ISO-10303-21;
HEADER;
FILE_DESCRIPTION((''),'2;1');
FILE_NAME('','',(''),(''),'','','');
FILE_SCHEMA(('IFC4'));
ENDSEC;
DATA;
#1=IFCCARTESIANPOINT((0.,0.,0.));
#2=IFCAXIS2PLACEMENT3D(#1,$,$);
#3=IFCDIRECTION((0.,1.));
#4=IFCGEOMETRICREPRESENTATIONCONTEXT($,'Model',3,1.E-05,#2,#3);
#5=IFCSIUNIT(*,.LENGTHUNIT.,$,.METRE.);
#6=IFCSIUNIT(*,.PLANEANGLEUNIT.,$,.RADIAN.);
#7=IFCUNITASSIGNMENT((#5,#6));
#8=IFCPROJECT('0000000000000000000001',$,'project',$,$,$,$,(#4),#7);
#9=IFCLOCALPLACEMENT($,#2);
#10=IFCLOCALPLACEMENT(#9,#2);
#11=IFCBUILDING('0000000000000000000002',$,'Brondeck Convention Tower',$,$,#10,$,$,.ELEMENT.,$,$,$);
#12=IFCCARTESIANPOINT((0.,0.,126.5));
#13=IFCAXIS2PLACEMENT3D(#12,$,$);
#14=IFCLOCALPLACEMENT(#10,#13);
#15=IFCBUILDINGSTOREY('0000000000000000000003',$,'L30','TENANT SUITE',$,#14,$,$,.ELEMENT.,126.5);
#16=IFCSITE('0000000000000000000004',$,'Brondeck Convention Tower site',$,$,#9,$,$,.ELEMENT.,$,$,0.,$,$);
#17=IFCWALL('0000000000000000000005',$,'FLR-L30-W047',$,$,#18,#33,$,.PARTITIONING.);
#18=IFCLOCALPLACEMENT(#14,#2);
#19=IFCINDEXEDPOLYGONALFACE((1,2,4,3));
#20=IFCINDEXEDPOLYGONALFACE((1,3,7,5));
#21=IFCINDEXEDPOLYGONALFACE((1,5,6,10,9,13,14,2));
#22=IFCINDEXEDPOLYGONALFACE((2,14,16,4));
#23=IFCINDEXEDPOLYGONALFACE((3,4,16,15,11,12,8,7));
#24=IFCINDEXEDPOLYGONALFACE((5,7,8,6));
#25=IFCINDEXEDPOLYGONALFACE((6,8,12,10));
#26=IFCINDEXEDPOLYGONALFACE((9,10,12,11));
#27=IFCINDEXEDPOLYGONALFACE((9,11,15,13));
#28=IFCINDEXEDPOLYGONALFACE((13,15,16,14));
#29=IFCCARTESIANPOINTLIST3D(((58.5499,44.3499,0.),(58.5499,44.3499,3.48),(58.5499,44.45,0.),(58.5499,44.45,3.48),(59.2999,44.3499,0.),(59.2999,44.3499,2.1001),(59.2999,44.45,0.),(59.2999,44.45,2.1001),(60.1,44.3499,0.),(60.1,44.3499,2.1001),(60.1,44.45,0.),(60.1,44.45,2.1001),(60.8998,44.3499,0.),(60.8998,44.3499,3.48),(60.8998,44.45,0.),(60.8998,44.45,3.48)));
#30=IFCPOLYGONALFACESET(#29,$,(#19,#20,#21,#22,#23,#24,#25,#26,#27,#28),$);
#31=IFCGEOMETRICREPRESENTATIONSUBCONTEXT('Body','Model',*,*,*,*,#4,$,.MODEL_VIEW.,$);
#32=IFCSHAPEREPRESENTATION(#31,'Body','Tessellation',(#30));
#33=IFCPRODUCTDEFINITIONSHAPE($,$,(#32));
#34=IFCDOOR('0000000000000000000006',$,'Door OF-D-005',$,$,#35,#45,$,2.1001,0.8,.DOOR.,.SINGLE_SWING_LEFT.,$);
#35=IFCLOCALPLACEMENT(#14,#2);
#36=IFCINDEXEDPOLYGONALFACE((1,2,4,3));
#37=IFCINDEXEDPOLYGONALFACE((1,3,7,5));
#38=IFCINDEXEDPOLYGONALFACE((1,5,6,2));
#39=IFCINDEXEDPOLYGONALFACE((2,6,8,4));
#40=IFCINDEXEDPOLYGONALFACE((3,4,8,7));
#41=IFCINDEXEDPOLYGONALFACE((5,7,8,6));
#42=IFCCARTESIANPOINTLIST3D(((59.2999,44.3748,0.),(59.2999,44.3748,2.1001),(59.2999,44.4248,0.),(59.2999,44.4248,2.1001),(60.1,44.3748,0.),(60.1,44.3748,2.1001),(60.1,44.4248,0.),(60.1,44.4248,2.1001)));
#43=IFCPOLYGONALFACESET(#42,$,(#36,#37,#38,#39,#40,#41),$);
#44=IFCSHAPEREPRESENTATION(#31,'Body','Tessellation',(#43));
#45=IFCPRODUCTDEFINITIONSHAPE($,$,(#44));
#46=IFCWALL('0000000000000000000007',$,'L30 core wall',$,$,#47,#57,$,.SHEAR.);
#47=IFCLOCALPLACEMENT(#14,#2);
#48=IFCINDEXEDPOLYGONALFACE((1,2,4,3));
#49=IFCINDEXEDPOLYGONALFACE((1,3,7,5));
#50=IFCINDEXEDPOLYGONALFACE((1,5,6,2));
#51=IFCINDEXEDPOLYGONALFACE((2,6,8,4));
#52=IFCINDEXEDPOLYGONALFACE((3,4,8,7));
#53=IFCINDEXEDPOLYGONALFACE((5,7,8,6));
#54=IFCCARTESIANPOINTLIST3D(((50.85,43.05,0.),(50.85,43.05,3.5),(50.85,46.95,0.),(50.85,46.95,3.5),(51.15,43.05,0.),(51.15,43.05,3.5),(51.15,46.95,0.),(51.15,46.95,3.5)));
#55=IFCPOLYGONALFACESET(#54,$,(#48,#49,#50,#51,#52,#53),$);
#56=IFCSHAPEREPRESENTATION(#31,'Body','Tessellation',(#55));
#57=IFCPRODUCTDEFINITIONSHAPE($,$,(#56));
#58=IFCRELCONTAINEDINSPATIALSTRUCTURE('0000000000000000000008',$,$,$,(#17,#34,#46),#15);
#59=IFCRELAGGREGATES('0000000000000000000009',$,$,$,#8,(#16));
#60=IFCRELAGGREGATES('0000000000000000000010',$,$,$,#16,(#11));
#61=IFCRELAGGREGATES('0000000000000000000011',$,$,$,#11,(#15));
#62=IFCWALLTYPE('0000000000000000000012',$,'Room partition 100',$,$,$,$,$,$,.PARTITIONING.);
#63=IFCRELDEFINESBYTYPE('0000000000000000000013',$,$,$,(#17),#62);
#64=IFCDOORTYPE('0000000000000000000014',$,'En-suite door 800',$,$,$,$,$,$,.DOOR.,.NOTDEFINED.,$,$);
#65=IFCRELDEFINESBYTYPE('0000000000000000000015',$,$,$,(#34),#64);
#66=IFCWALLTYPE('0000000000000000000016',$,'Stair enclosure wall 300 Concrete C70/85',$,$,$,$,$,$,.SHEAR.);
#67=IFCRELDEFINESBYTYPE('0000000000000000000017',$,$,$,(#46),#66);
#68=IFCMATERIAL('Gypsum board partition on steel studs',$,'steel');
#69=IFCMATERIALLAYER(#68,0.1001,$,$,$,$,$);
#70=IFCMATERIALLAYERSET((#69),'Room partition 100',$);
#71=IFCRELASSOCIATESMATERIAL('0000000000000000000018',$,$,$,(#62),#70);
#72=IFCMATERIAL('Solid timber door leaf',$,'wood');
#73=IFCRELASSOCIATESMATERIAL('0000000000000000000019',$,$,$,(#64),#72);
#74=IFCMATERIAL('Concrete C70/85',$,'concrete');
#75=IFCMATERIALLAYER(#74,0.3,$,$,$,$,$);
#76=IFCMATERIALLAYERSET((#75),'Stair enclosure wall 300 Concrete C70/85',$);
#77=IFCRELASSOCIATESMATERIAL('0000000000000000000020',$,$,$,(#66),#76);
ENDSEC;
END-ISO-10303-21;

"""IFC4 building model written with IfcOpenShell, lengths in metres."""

from ifc_helpers import new_model, si_unit, direction, frame, frame_2d, origin, place, context, subcontext, project, spatial, rectangle, extrude, material, layer, layer_set, type_object, element, fill, save


model = new_model("IFC4")

# Units and contexts
model_context = context("Model", 3, precision=1e-05, world=origin(), true_north=direction((0.0, 1.0)))
body_context = subcontext(model_context, "Body", "Model", "MODEL_VIEW")
ifc_project = project(units=[si_unit("LENGTHUNIT", "METRE"), si_unit("PLANEANGLEUNIT", "RADIAN")], contexts=[model_context])

# Site, building, storey
site_placement = place(None, origin())
site = spatial("IfcSite", under=ifc_project, at=site_placement, Name="Brondeck Convention Tower site", CompositionType="ELEMENT", RefElevation=0.0)
building_placement = place(site_placement, origin())
building = spatial("IfcBuilding", under=site, at=building_placement, Name="Brondeck Convention Tower", CompositionType="ELEMENT")
storey_placement = place(building_placement, frame((0.0, 0.0, 126.5)))
storey = spatial("IfcBuildingStorey", under=building, at=storey_placement, Name="L30", Description="TENANT SUITE", CompositionType="ELEMENT", Elevation=126.5)

# Shared definitions
ifc_material_1 = material(Name="Concrete C70/85", Category="concrete")

# Shared definitions
ifc_material_2 = material(Name="Gypsum board partition on steel studs", Category="steel")
ifc_layer_1 = layer(ifc_material_2, 0.1001)
ifc_layer_set_1 = layer_set([ifc_layer_1], Name="Room partition 100")
wall_type_1 = type_object("IfcWallType", Name="Room partition 100", PredefinedType="PARTITIONING", material=ifc_layer_set_1)

# Shared definitions
ifc_material_3 = material(Name="Solid timber door leaf", Category="wood")

# Wall, opening, door
wall_1_placement = place(storey_placement, frame((58.55, 44.3999, 0.0), z_axis=(0.0, 0.0, 1.0), x_axis=(1.0, 0.0, 0.0)))
wall_1 = element("IfcWall", 1, at=wall_1_placement, inside=storey, type_object=wall_type_1, Name="FLR-L30-W047", PredefinedType="PARTITIONING", context=body_context, shape_type="SweptSolid", body=[
    extrude(rectangle(XDim=2.3499, YDim=0.1001, at=frame_2d((1.1748, 0.0))), origin(), (0.0, 0.0, 1.0), 3.48),
])
opening_1_placement = place(wall_1_placement, frame((0.75, 0.0, 0.0)))
opening_1 = element("IfcOpeningElement", 2, at=opening_1_placement, cuts=wall_1, PredefinedType="OPENING", context=body_context, shape_type="SweptSolid", body=[
    extrude(rectangle(XDim=0.8, YDim=2.1001, at=frame_2d((0.3999, 1.05))), frame((0.0, 0.0601, 0.0), z_axis=(0.0, -1.0, 0.0), x_axis=(1.0, 0.0, 0.0)), (0.0, 0.0, 1.0), 0.1201),
])
door_type_1 = type_object("IfcDoorType", Name="En-suite door 800", OperationType="NOTDEFINED", PredefinedType="DOOR", material=ifc_material_3)
door_1_placement = place(opening_1_placement, origin())
door_1 = element("IfcDoor", 3, at=door_1_placement, inside=storey, type_object=door_type_1, Name="Door OF-D-005", OperationType="SINGLE_SWING_LEFT", OverallHeight=2.1001, OverallWidth=0.8, PredefinedType="DOOR", context=body_context, shape_type="SweptSolid", body=[
    extrude(rectangle(XDim=0.8, YDim=2.1001, at=frame_2d((0.3999, 1.05))), frame((0.0, 0.0249, 0.0), z_axis=(0.0, -1.0, 0.0), x_axis=(1.0, 0.0, 0.0)), (0.0, 0.0, 1.0), 0.05),
])
fill(opening_1, door_1)

# Wall
ifc_layer_2 = layer(ifc_material_1, 0.3)
ifc_layer_set_2 = layer_set([ifc_layer_2], Name="Stair enclosure wall 300 Concrete C70/85")
wall_type_2 = type_object("IfcWallType", Name="Stair enclosure wall 300 Concrete C70/85", PredefinedType="SHEAR", material=ifc_layer_set_2)
wall_2_placement = place(storey_placement, frame((51.0, 43.05, 0.0), z_axis=(0.0, 0.0, 1.0), x_axis=(0.0, 1.0, 0.0)))
element("IfcWall", 4, at=wall_2_placement, inside=storey, type_object=wall_type_2, Name="L30 core wall", PredefinedType="SHEAR", context=body_context, shape_type="SweptSolid", body=[
    extrude(rectangle(XDim=3.8999, YDim=0.3, at=frame_2d((1.95, 0.0))), origin(), (0.0, 0.0, 1.0), 3.5),
])

save(model, "model.ifc")
